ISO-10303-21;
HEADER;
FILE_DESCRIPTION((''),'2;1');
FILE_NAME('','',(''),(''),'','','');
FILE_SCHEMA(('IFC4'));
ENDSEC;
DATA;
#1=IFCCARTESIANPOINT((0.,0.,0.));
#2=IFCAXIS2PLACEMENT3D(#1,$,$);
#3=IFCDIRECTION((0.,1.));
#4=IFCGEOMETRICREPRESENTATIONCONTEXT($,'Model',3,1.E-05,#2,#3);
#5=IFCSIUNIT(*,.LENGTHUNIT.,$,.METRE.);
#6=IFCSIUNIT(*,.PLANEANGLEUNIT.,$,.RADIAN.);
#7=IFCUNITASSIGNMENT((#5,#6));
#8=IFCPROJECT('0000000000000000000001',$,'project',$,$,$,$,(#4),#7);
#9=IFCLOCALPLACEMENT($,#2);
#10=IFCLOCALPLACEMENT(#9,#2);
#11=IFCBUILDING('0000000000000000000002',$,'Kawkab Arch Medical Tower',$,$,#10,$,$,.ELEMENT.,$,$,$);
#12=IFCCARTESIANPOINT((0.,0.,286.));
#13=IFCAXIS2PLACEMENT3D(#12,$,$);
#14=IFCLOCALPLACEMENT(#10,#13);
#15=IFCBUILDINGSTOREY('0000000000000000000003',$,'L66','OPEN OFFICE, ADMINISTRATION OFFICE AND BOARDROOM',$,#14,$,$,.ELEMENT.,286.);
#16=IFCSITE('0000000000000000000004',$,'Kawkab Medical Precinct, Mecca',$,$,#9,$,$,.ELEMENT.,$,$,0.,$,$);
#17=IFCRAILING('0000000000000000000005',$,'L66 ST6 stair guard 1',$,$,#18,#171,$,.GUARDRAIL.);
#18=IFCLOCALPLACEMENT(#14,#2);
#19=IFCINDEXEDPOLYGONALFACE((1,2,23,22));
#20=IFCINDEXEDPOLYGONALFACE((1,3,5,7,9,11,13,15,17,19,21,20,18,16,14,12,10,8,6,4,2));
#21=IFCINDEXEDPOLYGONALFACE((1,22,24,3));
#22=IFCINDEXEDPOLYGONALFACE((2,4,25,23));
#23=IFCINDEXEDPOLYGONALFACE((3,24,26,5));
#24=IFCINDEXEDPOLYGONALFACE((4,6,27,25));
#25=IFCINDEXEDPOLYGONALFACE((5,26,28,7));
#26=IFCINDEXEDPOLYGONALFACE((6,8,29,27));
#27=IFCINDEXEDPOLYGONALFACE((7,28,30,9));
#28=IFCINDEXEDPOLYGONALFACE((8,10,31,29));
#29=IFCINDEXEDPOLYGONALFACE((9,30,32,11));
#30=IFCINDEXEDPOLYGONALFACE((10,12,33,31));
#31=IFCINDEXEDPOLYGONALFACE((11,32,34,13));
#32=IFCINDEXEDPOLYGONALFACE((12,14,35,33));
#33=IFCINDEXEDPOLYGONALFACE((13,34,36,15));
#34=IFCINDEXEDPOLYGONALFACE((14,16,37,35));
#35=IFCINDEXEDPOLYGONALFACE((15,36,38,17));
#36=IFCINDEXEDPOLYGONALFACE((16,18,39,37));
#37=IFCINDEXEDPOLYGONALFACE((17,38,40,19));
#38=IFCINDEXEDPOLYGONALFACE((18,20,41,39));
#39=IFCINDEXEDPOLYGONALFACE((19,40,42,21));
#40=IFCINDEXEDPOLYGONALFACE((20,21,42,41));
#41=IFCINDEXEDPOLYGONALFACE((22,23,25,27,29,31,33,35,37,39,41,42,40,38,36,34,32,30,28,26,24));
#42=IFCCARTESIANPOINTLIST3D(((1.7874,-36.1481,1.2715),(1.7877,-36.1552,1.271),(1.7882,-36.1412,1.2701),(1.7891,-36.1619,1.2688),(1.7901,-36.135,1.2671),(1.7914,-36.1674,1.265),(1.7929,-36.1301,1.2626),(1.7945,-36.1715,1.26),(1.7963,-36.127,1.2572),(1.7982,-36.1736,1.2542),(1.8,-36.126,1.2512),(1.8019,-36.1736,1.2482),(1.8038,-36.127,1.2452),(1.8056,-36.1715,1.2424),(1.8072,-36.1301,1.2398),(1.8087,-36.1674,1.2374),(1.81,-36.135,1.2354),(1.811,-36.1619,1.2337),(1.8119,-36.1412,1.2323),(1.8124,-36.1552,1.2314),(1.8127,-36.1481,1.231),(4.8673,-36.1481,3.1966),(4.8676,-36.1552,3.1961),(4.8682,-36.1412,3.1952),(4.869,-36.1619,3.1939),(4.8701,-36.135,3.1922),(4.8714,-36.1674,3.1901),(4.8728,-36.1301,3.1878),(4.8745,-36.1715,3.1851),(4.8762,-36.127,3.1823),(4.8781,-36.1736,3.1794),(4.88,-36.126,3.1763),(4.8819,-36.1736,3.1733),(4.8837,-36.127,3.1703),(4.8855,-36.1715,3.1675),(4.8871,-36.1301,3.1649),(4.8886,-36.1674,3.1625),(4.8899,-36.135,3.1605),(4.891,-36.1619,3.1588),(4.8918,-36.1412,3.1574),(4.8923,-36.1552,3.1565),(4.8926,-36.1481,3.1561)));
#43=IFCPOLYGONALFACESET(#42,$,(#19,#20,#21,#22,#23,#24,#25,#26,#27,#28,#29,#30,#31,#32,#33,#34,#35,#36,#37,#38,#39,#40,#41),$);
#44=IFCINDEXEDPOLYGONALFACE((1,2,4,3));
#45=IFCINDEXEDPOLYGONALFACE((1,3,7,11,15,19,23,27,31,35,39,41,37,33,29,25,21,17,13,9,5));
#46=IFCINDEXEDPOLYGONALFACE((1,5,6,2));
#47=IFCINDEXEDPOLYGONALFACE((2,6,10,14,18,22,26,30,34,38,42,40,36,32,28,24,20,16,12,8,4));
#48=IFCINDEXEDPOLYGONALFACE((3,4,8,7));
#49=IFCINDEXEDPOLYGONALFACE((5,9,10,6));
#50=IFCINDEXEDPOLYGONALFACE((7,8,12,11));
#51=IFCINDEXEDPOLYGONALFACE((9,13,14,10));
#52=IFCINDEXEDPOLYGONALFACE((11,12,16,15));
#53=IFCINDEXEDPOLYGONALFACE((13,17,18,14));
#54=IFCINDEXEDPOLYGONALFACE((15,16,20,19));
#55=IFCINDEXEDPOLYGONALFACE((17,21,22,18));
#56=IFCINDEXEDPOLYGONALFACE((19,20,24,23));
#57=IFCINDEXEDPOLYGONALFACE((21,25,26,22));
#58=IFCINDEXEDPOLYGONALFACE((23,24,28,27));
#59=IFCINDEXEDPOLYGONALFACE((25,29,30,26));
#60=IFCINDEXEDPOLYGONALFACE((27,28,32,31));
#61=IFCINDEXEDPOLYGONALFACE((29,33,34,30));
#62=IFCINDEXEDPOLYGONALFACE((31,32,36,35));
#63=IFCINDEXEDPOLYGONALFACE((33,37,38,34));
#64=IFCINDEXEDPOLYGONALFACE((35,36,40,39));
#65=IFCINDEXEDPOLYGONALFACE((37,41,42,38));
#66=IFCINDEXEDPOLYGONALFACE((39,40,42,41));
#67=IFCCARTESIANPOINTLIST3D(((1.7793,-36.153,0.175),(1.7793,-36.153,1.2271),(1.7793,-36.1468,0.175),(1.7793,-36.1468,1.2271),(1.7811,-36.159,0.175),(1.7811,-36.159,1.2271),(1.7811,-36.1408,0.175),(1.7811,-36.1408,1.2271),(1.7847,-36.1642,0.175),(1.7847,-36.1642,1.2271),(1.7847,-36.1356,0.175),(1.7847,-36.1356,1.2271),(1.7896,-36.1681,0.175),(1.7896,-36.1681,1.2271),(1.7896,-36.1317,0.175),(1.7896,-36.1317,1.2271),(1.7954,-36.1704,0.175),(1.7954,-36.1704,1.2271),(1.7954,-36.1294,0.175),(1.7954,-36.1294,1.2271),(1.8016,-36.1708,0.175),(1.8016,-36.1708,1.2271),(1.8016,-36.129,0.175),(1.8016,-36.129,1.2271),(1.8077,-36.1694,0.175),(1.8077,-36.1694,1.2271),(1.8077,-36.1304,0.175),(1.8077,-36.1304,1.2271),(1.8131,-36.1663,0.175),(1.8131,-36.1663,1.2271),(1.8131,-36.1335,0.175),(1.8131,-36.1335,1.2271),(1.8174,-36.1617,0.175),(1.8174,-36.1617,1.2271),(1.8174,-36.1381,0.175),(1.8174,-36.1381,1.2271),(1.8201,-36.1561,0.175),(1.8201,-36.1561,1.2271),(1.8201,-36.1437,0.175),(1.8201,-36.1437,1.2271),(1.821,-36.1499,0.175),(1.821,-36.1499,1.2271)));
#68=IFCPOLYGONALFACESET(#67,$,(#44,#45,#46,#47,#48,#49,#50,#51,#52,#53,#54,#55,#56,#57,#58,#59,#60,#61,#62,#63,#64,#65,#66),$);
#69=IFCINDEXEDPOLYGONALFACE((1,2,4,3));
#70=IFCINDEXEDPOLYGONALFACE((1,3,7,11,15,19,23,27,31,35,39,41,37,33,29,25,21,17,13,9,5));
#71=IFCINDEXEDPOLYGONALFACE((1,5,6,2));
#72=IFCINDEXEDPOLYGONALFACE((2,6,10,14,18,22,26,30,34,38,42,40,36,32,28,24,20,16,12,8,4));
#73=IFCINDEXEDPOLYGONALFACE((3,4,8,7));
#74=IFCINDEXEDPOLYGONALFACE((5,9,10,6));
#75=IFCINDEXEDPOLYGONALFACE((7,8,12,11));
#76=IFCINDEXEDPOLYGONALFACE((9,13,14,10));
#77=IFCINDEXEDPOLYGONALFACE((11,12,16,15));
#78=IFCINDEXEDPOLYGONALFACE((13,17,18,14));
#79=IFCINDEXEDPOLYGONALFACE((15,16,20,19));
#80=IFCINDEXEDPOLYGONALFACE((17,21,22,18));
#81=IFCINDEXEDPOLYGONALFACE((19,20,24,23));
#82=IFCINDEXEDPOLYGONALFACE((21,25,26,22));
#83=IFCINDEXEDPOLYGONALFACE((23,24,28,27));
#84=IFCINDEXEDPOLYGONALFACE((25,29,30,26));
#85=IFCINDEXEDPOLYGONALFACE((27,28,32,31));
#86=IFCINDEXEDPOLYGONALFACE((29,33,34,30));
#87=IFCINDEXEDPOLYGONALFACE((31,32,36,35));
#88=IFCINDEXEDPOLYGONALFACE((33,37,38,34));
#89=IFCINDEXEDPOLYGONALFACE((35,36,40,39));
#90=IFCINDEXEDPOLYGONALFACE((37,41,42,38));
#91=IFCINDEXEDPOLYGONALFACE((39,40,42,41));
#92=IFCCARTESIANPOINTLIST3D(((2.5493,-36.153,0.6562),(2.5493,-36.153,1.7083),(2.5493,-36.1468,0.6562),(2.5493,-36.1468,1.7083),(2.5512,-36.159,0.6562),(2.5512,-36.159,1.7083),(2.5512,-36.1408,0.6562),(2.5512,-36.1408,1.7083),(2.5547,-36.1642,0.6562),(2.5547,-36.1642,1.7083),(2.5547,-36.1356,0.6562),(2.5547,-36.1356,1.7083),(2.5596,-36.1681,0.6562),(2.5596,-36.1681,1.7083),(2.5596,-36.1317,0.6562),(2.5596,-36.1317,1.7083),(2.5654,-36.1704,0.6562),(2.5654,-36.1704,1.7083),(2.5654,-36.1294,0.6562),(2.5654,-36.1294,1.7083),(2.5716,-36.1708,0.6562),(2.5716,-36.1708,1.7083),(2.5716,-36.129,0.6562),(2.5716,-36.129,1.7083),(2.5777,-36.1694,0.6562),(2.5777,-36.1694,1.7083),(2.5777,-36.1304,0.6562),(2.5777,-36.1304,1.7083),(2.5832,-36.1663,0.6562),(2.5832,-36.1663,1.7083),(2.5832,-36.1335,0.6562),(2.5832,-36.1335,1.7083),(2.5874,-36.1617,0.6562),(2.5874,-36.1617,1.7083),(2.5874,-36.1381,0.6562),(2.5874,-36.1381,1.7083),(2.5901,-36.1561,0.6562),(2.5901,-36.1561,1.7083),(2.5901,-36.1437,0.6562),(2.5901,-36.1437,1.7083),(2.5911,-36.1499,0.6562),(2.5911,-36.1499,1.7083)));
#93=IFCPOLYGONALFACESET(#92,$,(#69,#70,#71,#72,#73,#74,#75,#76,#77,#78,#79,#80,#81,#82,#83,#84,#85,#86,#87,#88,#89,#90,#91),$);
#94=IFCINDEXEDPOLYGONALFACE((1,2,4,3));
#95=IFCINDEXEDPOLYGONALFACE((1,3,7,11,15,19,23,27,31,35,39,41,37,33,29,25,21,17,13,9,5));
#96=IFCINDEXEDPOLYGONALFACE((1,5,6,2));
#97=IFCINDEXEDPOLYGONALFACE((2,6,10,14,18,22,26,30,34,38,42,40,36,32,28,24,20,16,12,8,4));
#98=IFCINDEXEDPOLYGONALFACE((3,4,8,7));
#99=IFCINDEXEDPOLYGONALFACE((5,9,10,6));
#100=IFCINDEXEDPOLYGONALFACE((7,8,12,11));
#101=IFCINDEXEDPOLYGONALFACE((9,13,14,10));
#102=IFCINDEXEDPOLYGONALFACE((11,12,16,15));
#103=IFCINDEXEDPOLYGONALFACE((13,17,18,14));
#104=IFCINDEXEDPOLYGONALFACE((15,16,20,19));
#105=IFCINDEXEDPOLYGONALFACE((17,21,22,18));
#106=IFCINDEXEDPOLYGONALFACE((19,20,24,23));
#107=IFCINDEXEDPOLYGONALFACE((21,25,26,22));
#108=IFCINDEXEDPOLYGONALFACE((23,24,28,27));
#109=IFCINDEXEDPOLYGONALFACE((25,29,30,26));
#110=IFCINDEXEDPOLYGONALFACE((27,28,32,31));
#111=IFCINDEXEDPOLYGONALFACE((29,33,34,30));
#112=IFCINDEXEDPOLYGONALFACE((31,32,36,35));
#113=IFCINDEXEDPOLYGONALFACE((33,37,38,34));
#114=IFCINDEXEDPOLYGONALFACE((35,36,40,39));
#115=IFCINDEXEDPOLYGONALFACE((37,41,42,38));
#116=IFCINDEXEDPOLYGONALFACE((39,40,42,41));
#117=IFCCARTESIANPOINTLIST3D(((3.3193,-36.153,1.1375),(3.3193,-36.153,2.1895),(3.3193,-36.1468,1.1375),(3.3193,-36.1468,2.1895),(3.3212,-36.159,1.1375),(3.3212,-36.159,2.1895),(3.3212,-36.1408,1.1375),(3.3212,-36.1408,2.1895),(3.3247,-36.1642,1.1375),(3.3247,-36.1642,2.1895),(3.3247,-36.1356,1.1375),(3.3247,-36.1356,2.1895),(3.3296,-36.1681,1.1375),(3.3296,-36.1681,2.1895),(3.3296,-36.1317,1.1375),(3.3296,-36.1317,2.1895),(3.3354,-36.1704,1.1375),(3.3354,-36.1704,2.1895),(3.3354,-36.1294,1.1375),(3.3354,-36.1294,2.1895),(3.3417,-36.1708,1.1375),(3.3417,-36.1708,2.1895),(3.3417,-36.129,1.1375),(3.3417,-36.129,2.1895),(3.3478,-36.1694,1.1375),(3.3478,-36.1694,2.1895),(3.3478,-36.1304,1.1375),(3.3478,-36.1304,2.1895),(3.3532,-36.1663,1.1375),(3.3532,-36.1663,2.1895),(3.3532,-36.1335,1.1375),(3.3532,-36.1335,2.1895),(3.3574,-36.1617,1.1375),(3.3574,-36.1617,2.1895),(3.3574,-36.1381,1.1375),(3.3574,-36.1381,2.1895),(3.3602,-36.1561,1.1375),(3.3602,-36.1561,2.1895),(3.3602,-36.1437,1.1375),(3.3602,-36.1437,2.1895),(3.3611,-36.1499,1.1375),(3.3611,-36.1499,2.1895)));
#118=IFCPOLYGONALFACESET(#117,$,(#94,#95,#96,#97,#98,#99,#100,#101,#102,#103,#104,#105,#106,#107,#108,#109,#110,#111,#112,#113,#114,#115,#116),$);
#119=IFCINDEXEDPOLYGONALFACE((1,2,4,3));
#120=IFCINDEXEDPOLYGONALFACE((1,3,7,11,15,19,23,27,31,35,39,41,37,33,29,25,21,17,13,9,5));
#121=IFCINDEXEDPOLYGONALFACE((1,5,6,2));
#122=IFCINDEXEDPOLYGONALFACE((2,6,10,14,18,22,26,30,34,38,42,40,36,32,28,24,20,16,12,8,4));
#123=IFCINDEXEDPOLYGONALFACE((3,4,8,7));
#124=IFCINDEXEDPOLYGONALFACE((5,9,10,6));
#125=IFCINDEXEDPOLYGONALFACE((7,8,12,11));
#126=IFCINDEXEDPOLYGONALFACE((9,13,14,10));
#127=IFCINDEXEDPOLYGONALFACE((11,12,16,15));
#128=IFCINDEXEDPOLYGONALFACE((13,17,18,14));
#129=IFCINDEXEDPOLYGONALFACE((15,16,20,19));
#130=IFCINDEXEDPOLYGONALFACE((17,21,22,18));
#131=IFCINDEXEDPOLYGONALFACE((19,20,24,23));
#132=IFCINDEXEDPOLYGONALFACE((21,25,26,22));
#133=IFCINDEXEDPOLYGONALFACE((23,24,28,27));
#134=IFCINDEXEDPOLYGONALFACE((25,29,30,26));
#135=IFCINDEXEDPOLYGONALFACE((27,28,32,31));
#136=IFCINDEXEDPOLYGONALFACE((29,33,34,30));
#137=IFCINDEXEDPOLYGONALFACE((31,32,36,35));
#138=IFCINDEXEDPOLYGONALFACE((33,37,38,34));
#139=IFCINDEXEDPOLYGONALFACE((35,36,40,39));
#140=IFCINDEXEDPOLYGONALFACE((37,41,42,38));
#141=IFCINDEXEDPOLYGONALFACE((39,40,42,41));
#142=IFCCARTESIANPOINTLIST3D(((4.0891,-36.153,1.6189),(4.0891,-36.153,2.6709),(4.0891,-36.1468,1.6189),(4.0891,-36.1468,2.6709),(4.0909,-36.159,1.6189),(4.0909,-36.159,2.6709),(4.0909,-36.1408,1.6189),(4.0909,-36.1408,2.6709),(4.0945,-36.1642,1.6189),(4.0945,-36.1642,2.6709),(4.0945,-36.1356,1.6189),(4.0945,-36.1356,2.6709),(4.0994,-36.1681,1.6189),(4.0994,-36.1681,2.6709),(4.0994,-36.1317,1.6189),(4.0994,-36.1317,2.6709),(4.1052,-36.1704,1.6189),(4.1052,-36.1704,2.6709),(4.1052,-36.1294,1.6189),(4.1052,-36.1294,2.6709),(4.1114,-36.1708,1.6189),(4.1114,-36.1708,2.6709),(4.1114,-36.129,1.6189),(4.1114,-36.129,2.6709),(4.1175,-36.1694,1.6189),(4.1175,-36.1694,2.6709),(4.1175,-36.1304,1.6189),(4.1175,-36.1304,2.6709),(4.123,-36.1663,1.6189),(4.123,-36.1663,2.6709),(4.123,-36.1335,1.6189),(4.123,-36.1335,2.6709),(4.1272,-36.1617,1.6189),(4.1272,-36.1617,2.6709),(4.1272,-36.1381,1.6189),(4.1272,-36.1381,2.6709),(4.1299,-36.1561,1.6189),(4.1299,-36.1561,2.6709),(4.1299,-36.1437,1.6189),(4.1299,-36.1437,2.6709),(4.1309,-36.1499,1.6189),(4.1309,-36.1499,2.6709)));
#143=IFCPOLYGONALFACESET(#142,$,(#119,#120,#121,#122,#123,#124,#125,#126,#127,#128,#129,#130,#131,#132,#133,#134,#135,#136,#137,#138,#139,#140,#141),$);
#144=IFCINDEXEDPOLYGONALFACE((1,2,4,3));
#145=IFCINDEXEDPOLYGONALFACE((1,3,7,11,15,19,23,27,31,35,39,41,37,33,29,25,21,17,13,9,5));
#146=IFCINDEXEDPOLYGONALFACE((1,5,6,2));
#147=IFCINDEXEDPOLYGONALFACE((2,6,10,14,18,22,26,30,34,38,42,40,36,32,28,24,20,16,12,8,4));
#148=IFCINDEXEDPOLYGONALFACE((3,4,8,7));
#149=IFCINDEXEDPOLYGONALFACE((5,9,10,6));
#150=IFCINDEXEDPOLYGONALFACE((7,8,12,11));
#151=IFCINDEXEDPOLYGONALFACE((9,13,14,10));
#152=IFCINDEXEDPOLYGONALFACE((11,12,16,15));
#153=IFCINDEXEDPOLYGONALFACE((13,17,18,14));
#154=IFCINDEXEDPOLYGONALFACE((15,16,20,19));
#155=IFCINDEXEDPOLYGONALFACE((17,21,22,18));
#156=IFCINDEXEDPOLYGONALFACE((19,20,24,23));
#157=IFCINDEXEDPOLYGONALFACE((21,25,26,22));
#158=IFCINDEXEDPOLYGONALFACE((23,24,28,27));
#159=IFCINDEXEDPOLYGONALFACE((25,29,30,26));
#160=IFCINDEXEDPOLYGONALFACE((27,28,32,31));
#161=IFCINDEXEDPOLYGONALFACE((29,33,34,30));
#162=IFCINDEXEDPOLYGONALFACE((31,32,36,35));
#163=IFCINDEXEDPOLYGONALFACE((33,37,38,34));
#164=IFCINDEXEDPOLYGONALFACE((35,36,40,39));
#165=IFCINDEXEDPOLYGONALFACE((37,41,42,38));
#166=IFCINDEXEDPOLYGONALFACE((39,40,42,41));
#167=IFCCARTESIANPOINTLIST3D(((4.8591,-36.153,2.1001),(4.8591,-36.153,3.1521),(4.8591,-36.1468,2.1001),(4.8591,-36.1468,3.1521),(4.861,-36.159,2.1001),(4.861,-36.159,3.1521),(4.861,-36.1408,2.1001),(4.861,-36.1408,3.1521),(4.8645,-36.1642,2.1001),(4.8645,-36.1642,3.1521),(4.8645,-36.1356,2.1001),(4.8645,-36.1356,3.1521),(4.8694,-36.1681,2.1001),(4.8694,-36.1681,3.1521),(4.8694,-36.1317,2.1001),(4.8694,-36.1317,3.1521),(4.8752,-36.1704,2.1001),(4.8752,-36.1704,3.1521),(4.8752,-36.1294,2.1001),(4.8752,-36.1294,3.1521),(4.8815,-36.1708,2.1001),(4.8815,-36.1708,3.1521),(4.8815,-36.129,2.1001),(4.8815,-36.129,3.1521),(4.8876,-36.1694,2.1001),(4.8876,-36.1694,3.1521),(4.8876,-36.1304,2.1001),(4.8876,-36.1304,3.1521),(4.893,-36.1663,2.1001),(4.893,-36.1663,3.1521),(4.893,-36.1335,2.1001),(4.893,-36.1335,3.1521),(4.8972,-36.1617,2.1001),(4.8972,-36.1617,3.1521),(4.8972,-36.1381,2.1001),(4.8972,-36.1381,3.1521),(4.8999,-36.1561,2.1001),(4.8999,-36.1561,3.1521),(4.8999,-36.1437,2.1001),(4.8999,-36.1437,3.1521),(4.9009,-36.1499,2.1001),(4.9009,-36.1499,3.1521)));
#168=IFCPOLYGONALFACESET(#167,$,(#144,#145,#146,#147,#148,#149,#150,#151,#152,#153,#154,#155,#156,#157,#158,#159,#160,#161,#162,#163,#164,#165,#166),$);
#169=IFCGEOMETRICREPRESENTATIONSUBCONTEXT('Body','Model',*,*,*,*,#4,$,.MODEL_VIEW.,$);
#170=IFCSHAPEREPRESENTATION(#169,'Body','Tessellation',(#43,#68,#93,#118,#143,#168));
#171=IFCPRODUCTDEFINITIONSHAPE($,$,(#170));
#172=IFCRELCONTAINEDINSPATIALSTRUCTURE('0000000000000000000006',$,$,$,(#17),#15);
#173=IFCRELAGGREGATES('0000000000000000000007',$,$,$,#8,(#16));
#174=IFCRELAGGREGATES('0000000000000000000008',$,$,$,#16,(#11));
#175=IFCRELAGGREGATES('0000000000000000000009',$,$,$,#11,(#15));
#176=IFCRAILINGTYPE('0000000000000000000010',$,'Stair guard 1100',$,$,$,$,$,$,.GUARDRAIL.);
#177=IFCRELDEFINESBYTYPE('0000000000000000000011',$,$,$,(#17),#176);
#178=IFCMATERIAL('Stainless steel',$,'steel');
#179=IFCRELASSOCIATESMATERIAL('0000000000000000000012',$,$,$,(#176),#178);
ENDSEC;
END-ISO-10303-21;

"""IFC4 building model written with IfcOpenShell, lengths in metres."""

from ifc_helpers import new_model, si_unit, direction, frame, origin, origin_2d, place, context, subcontext, project, spatial, circle, extrude, material, type_object, element, save


model = new_model("IFC4")

# Units and contexts
model_context = context("Model", 3, precision=1e-05, world=origin(), true_north=direction((0.0, 1.0)))
body_context = subcontext(model_context, "Body", "Model", "MODEL_VIEW")
ifc_project = project(units=[si_unit("LENGTHUNIT", "METRE"), si_unit("PLANEANGLEUNIT", "RADIAN")], contexts=[model_context])

# Site, building, storey
site_placement = place(None, origin())
site = spatial("IfcSite", under=ifc_project, at=site_placement, Name="Kawkab Medical Precinct, Mecca", CompositionType="ELEMENT", RefElevation=0.0)
building_placement = place(site_placement, origin())
building = spatial("IfcBuilding", under=site, at=building_placement, Name="Kawkab Arch Medical Tower", CompositionType="ELEMENT")
storey_placement = place(building_placement, frame((0.0, 0.0, 286.0)))
storey = spatial("IfcBuildingStorey", under=building, at=storey_placement, Name="L66", Description="OPEN OFFICE, ADMINISTRATION OFFICE AND BOARDROOM", CompositionType="ELEMENT", Elevation=286.0)

# Railing
ifc_material_1 = material(Name="Stainless steel", Category="steel")
railing_type_1 = type_object("IfcRailingType", Name="Stair guard 1100", PredefinedType="GUARDRAIL", material=ifc_material_1)
railing_1_placement = place(storey_placement, frame((1.8, -36.1499, 0.175)))
element("IfcRailing", 1, at=railing_1_placement, inside=storey, type_object=railing_type_1, Name="L66 ST6 stair guard 1", PredefinedType="GUARDRAIL", context=body_context, shape_type="SweptSolid", body=[
    extrude(circle(Radius=0.0239, at=origin_2d()), frame((0.0, 0.0, 1.0762), z_axis=(0.847979, 0.0, 0.530029), x_axis=(0.0, 1.0, 0.0)), (0.0, 0.0, 1.0), 3.6321),
    extrude(circle(Radius=0.021, at=origin_2d()), origin(), (0.0, 0.0, 1.0), 1.052),
    extrude(circle(Radius=0.021, at=origin_2d()), frame((0.77, 0.0, 0.4812)), (0.0, 0.0, 1.0), 1.052),
    extrude(circle(Radius=0.021, at=origin_2d()), frame((1.54, 0.0, 0.9624)), (0.0, 0.0, 1.0), 1.052),
    extrude(circle(Radius=0.021, at=origin_2d()), frame((2.3098, 0.0, 1.4438)), (0.0, 0.0, 1.0), 1.052),
    extrude(circle(Radius=0.021, at=origin_2d()), frame((3.0798, 0.0, 1.925)), (0.0, 0.0, 1.0), 1.052),
])

save(model, "model.ifc")
